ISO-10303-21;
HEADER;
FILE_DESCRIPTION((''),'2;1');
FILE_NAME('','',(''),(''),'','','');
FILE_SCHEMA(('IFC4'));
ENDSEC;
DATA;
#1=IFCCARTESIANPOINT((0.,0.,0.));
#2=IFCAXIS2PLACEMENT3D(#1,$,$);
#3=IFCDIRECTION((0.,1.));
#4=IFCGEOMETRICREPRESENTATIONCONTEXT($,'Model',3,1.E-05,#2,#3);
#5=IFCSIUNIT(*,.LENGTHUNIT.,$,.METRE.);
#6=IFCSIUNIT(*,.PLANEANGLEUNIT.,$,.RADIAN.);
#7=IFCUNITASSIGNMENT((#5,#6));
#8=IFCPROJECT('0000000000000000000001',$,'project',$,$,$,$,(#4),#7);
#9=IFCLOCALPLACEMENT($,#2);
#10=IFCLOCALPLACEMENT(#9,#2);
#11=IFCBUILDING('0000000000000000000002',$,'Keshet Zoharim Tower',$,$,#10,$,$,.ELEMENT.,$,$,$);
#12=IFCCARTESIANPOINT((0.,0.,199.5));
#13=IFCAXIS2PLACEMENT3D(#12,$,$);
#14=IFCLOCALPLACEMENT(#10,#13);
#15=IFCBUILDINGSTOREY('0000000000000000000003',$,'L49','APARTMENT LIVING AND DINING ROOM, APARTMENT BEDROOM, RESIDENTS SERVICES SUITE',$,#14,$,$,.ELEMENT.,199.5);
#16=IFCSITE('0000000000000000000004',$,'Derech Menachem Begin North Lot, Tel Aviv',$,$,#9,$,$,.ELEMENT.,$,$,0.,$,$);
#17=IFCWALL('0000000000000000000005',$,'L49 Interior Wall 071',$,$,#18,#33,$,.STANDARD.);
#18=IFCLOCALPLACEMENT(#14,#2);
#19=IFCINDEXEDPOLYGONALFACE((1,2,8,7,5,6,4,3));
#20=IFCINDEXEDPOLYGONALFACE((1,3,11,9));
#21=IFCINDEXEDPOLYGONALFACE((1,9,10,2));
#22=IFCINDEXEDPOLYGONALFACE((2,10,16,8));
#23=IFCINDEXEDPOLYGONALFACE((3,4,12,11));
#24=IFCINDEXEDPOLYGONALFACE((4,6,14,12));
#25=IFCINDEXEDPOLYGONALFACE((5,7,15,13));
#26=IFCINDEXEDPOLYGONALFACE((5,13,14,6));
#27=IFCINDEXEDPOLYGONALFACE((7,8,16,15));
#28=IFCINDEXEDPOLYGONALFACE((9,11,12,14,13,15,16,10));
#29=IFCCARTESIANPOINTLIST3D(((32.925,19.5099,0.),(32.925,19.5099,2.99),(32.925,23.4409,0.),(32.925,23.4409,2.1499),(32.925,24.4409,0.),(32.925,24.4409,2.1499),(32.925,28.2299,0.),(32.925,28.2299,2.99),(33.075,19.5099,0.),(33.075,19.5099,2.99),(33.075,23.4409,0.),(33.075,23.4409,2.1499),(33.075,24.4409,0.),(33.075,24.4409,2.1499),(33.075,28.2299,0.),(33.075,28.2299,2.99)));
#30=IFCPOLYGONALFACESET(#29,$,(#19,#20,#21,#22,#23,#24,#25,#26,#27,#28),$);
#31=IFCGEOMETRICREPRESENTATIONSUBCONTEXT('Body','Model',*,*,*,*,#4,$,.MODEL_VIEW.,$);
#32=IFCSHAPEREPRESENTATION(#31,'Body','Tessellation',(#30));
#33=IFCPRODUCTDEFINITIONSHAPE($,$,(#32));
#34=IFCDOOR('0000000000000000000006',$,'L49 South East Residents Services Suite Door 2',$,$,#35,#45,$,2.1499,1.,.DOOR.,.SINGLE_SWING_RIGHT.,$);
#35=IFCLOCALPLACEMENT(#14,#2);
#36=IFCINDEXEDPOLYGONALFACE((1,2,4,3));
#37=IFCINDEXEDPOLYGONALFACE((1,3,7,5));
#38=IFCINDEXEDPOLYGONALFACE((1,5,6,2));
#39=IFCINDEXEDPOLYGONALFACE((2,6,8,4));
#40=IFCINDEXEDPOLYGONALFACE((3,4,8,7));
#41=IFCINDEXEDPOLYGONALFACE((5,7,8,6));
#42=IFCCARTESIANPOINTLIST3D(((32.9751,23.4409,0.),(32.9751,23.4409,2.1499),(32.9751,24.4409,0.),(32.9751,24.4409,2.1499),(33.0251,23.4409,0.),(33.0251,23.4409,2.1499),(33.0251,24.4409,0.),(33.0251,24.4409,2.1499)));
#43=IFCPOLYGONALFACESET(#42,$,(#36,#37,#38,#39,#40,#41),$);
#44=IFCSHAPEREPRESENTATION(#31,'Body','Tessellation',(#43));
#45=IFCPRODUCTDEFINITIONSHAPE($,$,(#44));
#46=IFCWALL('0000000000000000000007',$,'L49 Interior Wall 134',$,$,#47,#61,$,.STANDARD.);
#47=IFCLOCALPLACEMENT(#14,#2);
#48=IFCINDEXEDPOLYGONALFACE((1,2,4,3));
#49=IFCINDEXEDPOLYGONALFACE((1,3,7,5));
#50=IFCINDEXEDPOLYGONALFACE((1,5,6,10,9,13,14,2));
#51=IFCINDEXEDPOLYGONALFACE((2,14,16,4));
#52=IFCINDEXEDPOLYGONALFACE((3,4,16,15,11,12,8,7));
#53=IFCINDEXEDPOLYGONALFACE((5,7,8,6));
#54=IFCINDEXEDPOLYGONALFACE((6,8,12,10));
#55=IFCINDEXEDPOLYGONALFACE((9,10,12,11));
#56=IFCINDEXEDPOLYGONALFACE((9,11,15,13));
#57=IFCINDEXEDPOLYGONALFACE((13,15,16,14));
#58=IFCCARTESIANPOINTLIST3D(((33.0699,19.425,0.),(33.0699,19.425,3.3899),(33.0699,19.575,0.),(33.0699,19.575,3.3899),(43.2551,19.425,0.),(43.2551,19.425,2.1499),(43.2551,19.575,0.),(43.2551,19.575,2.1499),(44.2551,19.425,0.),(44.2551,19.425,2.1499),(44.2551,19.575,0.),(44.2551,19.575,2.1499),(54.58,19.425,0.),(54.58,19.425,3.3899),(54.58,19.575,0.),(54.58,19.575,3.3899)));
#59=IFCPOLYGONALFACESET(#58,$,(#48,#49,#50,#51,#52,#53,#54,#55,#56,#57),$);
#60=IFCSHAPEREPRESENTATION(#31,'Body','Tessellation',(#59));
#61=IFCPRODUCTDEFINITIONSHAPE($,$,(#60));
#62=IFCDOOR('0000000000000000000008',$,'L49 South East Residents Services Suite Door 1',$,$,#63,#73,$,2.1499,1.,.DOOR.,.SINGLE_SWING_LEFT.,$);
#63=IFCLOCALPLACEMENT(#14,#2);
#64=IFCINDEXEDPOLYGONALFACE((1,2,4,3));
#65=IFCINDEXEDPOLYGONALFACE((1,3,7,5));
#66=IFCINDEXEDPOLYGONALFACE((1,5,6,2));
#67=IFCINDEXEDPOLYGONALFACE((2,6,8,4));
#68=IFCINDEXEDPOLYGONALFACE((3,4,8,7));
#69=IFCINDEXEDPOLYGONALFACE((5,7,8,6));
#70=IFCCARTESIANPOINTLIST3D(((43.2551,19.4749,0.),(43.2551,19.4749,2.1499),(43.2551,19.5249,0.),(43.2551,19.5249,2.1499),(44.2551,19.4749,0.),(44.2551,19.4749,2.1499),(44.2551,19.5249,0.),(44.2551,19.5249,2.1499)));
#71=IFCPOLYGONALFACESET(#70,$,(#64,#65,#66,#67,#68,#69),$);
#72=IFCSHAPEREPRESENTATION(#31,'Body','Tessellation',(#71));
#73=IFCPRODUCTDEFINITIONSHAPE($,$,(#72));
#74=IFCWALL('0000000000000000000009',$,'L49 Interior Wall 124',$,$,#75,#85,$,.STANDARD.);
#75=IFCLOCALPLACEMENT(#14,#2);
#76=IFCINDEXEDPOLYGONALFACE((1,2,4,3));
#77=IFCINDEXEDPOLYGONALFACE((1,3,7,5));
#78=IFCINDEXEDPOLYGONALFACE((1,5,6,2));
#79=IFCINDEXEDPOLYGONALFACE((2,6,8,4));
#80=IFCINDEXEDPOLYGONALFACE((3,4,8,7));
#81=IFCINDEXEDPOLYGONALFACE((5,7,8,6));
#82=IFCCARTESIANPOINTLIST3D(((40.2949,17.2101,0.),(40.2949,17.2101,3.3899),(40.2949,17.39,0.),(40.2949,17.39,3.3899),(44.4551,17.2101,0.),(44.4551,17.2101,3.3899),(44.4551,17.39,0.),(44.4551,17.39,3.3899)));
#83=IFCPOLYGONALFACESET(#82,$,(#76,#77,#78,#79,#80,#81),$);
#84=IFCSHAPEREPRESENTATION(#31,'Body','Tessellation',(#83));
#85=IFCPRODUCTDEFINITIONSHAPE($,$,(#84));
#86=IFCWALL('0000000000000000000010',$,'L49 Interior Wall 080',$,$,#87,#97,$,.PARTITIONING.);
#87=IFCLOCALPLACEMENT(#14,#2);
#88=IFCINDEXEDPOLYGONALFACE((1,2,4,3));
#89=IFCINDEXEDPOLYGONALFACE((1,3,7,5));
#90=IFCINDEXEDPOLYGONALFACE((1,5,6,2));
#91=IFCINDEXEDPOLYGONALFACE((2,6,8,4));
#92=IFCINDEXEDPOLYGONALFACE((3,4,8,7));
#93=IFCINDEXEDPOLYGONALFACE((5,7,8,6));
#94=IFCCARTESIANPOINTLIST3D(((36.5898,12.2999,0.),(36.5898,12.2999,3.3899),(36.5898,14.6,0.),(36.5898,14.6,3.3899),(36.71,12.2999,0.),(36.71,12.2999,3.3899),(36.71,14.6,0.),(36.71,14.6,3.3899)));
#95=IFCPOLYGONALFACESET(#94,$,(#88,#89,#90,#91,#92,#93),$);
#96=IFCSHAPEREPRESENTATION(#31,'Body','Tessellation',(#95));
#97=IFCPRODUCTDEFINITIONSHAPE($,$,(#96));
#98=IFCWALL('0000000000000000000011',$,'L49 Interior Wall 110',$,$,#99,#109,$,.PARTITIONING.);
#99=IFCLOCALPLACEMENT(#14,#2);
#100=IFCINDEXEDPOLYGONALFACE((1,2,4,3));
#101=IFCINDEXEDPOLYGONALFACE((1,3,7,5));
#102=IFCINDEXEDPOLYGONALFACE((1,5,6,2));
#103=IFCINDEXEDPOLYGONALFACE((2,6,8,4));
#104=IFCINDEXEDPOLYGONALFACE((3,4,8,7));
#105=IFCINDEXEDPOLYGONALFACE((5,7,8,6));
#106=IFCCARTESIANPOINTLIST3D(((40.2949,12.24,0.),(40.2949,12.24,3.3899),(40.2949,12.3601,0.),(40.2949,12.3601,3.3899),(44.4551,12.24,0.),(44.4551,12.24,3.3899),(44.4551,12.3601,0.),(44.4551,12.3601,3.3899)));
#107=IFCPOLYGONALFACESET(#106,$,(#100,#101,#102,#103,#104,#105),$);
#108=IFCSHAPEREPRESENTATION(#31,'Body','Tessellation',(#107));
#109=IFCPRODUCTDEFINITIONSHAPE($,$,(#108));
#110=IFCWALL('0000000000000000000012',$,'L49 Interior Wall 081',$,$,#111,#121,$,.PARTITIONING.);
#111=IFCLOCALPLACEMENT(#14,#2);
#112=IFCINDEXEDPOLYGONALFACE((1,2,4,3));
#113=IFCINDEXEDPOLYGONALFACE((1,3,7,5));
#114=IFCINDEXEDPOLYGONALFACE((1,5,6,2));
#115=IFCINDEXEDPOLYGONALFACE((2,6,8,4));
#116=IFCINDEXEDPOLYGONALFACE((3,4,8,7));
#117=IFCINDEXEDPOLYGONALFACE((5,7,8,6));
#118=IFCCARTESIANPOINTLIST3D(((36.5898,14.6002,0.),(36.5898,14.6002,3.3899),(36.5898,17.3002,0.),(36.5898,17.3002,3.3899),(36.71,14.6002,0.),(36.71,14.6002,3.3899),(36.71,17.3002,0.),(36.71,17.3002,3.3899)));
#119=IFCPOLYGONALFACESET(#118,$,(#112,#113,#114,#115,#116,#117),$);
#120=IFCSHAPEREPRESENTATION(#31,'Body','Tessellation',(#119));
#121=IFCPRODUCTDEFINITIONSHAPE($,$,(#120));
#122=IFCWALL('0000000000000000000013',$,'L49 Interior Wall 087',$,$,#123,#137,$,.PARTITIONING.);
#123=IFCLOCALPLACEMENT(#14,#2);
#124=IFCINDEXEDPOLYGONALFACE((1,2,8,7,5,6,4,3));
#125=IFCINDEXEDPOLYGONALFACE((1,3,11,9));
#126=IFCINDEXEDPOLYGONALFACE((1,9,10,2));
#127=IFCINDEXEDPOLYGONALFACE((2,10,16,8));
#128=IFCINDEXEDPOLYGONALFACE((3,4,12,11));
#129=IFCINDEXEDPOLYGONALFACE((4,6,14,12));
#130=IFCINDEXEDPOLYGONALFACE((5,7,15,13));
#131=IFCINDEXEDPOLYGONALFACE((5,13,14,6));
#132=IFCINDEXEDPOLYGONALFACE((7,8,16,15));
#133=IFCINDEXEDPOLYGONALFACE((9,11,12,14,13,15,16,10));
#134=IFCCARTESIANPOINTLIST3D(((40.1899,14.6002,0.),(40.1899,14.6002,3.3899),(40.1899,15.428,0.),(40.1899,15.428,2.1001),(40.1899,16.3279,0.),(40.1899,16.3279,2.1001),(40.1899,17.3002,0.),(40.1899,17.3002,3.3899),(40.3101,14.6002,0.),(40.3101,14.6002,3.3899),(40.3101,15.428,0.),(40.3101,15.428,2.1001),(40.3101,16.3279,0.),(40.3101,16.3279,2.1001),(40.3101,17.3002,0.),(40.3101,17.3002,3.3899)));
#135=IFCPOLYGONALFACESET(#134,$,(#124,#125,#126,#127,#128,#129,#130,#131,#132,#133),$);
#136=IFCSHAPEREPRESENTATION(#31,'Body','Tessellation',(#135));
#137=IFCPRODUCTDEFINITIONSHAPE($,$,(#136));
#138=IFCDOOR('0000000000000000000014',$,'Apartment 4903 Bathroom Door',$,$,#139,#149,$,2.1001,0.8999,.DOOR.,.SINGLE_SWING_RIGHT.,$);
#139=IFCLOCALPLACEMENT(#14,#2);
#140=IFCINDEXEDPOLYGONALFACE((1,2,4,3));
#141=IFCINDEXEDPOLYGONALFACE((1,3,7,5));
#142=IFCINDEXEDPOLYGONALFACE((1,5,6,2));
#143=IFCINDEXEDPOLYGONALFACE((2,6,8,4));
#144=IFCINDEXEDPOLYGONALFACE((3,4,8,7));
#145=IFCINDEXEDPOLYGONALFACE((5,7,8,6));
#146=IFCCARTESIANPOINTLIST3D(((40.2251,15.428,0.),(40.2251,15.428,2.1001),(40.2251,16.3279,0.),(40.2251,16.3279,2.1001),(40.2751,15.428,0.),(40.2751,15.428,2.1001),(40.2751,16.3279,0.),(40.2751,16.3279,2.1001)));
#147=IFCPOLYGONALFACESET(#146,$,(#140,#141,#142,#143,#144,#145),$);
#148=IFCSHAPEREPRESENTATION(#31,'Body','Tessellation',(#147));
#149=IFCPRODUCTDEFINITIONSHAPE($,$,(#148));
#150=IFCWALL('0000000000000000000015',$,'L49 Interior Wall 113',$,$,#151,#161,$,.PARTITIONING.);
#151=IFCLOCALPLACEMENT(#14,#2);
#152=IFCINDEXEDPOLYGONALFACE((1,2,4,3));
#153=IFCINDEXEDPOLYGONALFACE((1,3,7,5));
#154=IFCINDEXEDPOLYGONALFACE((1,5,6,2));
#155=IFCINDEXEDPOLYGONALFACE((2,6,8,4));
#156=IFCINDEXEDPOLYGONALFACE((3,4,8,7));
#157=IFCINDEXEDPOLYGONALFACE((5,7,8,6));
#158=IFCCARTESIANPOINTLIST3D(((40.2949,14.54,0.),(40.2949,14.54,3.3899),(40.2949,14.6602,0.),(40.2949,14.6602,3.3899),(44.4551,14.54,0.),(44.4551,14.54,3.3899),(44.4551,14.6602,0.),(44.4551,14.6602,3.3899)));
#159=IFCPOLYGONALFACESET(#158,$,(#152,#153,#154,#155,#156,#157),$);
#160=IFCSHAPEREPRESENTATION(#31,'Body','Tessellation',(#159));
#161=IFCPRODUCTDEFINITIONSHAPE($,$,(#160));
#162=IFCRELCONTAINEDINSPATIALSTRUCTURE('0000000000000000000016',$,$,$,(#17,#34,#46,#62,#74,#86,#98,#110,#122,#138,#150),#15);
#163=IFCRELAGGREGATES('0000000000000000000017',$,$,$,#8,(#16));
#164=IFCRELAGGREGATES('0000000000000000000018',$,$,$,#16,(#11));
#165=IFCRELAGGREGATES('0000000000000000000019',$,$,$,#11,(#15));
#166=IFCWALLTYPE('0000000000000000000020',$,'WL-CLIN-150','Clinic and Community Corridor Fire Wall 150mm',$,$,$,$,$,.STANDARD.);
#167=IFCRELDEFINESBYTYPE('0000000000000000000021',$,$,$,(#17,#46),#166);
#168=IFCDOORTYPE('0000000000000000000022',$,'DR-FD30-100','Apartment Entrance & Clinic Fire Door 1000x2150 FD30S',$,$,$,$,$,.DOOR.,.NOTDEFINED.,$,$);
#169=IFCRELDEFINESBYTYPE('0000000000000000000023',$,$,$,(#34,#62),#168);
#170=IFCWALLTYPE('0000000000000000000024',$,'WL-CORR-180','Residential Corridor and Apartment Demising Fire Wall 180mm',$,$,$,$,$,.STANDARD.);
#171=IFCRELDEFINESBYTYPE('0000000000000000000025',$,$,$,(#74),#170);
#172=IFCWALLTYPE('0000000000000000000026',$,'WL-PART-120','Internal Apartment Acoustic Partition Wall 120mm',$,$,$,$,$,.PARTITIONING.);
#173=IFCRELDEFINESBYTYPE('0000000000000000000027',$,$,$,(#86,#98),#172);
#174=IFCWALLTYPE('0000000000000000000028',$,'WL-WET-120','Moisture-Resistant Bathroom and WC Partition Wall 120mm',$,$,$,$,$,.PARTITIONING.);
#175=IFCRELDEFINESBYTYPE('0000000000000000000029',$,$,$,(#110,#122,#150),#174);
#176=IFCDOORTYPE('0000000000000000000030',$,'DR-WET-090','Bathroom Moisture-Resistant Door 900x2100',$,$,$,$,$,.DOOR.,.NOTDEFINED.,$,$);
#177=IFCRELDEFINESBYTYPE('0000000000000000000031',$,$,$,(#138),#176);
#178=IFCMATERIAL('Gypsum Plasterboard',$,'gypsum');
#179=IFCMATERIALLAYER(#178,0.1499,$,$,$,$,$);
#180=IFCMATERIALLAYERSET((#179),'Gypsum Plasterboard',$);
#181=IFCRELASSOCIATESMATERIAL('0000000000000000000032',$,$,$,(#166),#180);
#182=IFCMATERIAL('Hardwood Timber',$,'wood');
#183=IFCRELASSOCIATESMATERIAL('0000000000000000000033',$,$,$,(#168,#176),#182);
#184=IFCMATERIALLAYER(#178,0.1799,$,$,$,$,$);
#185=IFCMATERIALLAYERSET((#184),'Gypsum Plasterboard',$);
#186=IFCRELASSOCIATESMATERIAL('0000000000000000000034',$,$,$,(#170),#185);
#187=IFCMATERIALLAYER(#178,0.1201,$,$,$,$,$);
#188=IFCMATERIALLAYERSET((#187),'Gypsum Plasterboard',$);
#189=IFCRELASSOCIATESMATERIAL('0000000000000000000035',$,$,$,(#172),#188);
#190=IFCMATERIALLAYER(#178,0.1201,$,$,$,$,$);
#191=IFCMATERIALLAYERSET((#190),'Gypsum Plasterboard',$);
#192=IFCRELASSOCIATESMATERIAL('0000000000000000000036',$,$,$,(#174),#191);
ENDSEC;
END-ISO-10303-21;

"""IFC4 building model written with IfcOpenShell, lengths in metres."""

from ifc_helpers import new_model, si_unit, direction, frame, frame_2d, origin, place, context, subcontext, project, spatial, rectangle, extrude, material, layer, layer_set, type_object, element, fill, save


model = new_model("IFC4")

# Units and contexts
model_context = context("Model", 3, precision=1e-05, world=origin(), true_north=direction((0.0, 1.0)))
body_context = subcontext(model_context, "Body", "Model", "MODEL_VIEW")
ifc_project = project(units=[si_unit("LENGTHUNIT", "METRE"), si_unit("PLANEANGLEUNIT", "RADIAN")], contexts=[model_context])

# Site, building, storey
site_placement = place(None, origin())
site = spatial("IfcSite", under=ifc_project, at=site_placement, Name="Derech Menachem Begin North Lot, Tel Aviv", CompositionType="ELEMENT", RefElevation=0.0)
building_placement = place(site_placement, origin())
building = spatial("IfcBuilding", under=site, at=building_placement, Name="Keshet Zoharim Tower", CompositionType="ELEMENT")
storey_placement = place(building_placement, frame((0.0, 0.0, 199.5)))
storey = spatial("IfcBuildingStorey", under=building, at=storey_placement, Name="L49", Description="APARTMENT LIVING AND DINING ROOM, APARTMENT BEDROOM, RESIDENTS SERVICES SUITE", CompositionType="ELEMENT", Elevation=199.5)

# Walls, openings, doors
ifc_material_1 = material(Name="Gypsum Plasterboard", Category="gypsum")
ifc_layer_1 = layer(ifc_material_1, 0.1499)
ifc_layer_set_1 = layer_set([ifc_layer_1], Name="Gypsum Plasterboard")
wall_type_1 = type_object("IfcWallType", Name="WL-CLIN-150", Description="Clinic and Community Corridor Fire Wall 150mm", PredefinedType="STANDARD", material=ifc_layer_set_1)
wall_1_placement = place(storey_placement, frame((33.0, 19.51, 0.0), z_axis=(0.0, 0.0, 1.0), x_axis=(0.0, 1.0, 0.0)))
wall_1 = element("IfcWall", 1, at=wall_1_placement, inside=storey, type_object=wall_type_1, Name="L49 Interior Wall 071", PredefinedType="STANDARD", context=body_context, shape_type="SweptSolid", body=[
    extrude(rectangle(XDim=8.72, YDim=0.1499, at=frame_2d((4.3599, 0.0))), origin(), (0.0, 0.0, 1.0), 2.99),
])
opening_1_placement = place(wall_1_placement, frame((3.9309, 0.0, 0.0)))
opening_1 = element("IfcOpeningElement", 2, at=opening_1_placement, cuts=wall_1, PredefinedType="OPENING", context=body_context, shape_type="SweptSolid", body=[
    extrude(rectangle(XDim=1.0, YDim=2.1499, at=frame_2d((0.5, 1.075))), frame((0.0, 0.085, 0.0), z_axis=(0.0, -1.0, 0.0), x_axis=(1.0, 0.0, 0.0)), (0.0, 0.0, 1.0), 0.1699),
])
ifc_material_2 = material(Name="Hardwood Timber", Category="wood")
door_type_1 = type_object("IfcDoorType", Name="DR-FD30-100", Description="Apartment Entrance & Clinic Fire Door 1000x2150 FD30S", OperationType="NOTDEFINED", PredefinedType="DOOR", material=ifc_material_2)
door_1_placement = place(opening_1_placement, origin())
door_1 = element("IfcDoor", 3, at=door_1_placement, inside=storey, type_object=door_type_1, Name="L49 South East Residents Services Suite Door 2", OperationType="SINGLE_SWING_RIGHT", OverallHeight=2.1499, OverallWidth=1.0, PredefinedType="DOOR", context=body_context, shape_type="SweptSolid", body=[
    extrude(rectangle(XDim=1.0, YDim=2.1499, at=frame_2d((0.5, 1.075))), frame((0.0, 0.0249, 0.0), z_axis=(0.0, -1.0, 0.0), x_axis=(1.0, 0.0, 0.0)), (0.0, 0.0, 1.0), 0.05),
])
fill(opening_1, door_1)
wall_2_placement = place(storey_placement, frame((33.0701, 19.5, 0.0), z_axis=(0.0, 0.0, 1.0), x_axis=(1.0, 0.0, 0.0)))
wall_2 = element("IfcWall", 4, at=wall_2_placement, inside=storey, type_object=wall_type_1, Name="L49 Interior Wall 134", PredefinedType="STANDARD", context=body_context, shape_type="SweptSolid", body=[
    extrude(rectangle(XDim=21.51, YDim=0.1499, at=frame_2d((10.7549, 0.0))), origin(), (0.0, 0.0, 1.0), 3.3899),
])
opening_2_placement = place(wall_2_placement, frame((10.1851, 0.0, 0.0)))
opening_2 = element("IfcOpeningElement", 5, at=opening_2_placement, cuts=wall_2, PredefinedType="OPENING", context=body_context, shape_type="SweptSolid", body=[
    extrude(rectangle(XDim=1.0, YDim=2.1499, at=frame_2d((0.5, 1.075))), frame((0.0, 0.085, 0.0), z_axis=(0.0, -1.0, 0.0), x_axis=(1.0, 0.0, 0.0)), (0.0, 0.0, 1.0), 0.1699),
])
door_2_placement = place(opening_2_placement, origin())
door_2 = element("IfcDoor", 6, at=door_2_placement, inside=storey, type_object=door_type_1, Name="L49 South East Residents Services Suite Door 1", OperationType="SINGLE_SWING_LEFT", OverallHeight=2.1499, OverallWidth=1.0, PredefinedType="DOOR", context=body_context, shape_type="SweptSolid", body=[
    extrude(rectangle(XDim=1.0, YDim=2.1499, at=frame_2d((0.5, 1.075))), frame((0.0, 0.0249, 0.0), z_axis=(0.0, -1.0, 0.0), x_axis=(1.0, 0.0, 0.0)), (0.0, 0.0, 1.0), 0.05),
])
fill(opening_2, door_2)
ifc_layer_2 = layer(ifc_material_1, 0.1799)
ifc_layer_set_2 = layer_set([ifc_layer_2], Name="Gypsum Plasterboard")
wall_type_2 = type_object("IfcWallType", Name="WL-CORR-180", Description="Residential Corridor and Apartment Demising Fire Wall 180mm", PredefinedType="STANDARD", material=ifc_layer_set_2)

# Walls
wall_3_placement = place(storey_placement, frame((40.2949, 17.3, 0.0), z_axis=(0.0, 0.0, 1.0), x_axis=(1.0, 0.0, 0.0)))
element("IfcWall", 7, at=wall_3_placement, inside=storey, type_object=wall_type_2, Name="L49 Interior Wall 124", PredefinedType="STANDARD", context=body_context, shape_type="SweptSolid", body=[
    extrude(rectangle(XDim=4.1602, YDim=0.1799, at=frame_2d((2.0801, 0.0))), origin(), (0.0, 0.0, 1.0), 3.3899),
])
ifc_layer_3 = layer(ifc_material_1, 0.1201)
ifc_layer_set_3 = layer_set([ifc_layer_3], Name="Gypsum Plasterboard")
wall_type_3 = type_object("IfcWallType", Name="WL-PART-120", Description="Internal Apartment Acoustic Partition Wall 120mm", PredefinedType="PARTITIONING", material=ifc_layer_set_3)
wall_4_placement = place(storey_placement, frame((36.6499, 12.3, 0.0), z_axis=(0.0, 0.0, 1.0), x_axis=(0.0, 1.0, 0.0)))
element("IfcWall", 8, at=wall_4_placement, inside=storey, type_object=wall_type_3, Name="L49 Interior Wall 080", PredefinedType="PARTITIONING", context=body_context, shape_type="SweptSolid", body=[
    extrude(rectangle(XDim=2.3, YDim=0.1201, at=frame_2d((1.1499, 0.0))), origin(), (0.0, 0.0, 1.0), 3.3899),
])

# Walls
wall_5_placement = place(storey_placement, frame((40.2949, 12.3, 0.0), z_axis=(0.0, 0.0, 1.0), x_axis=(1.0, 0.0, 0.0)))
element("IfcWall", 9, at=wall_5_placement, inside=storey, type_object=wall_type_3, Name="L49 Interior Wall 110", PredefinedType="PARTITIONING", context=body_context, shape_type="SweptSolid", body=[
    extrude(rectangle(XDim=4.1602, YDim=0.1201, at=frame_2d((2.0801, 0.0))), origin(), (0.0, 0.0, 1.0), 3.3899),
])
ifc_layer_4 = layer(ifc_material_1, 0.1201)
ifc_layer_set_4 = layer_set([ifc_layer_4], Name="Gypsum Plasterboard")
wall_type_4 = type_object("IfcWallType", Name="WL-WET-120", Description="Moisture-Resistant Bathroom and WC Partition Wall 120mm", PredefinedType="PARTITIONING", material=ifc_layer_set_4)
wall_6_placement = place(storey_placement, frame((36.6499, 14.6001, 0.0), z_axis=(0.0, 0.0, 1.0), x_axis=(0.0, 1.0, 0.0)))
element("IfcWall", 10, at=wall_6_placement, inside=storey, type_object=wall_type_4, Name="L49 Interior Wall 081", PredefinedType="PARTITIONING", context=body_context, shape_type="SweptSolid", body=[
    extrude(rectangle(XDim=2.7, YDim=0.1201, at=frame_2d((1.3501, 0.0))), origin(), (0.0, 0.0, 1.0), 3.3899),
])

# Wall, opening, door
wall_7_placement = place(storey_placement, frame((40.25, 14.6001, 0.0), z_axis=(0.0, 0.0, 1.0), x_axis=(0.0, 1.0, 0.0)))
wall_7 = element("IfcWall", 11, at=wall_7_placement, inside=storey, type_object=wall_type_4, Name="L49 Interior Wall 087", PredefinedType="PARTITIONING", context=body_context, shape_type="SweptSolid", body=[
    extrude(rectangle(XDim=2.7, YDim=0.1201, at=frame_2d((1.3501, 0.0))), origin(), (0.0, 0.0, 1.0), 3.3899),
])
opening_3_placement = place(wall_7_placement, frame((0.8279, 0.0, 0.0)))
opening_3 = element("IfcOpeningElement", 12, at=opening_3_placement, cuts=wall_7, PredefinedType="OPENING", context=body_context, shape_type="SweptSolid", body=[
    extrude(rectangle(XDim=0.8999, YDim=2.1001, at=frame_2d((0.45, 1.05))), frame((0.0, 0.0701, 0.0), z_axis=(0.0, -1.0, 0.0), x_axis=(1.0, 0.0, 0.0)), (0.0, 0.0, 1.0), 0.1401),
])
door_type_2 = type_object("IfcDoorType", Name="DR-WET-090", Description="Bathroom Moisture-Resistant Door 900x2100", OperationType="NOTDEFINED", PredefinedType="DOOR", material=ifc_material_2)
door_3_placement = place(opening_3_placement, origin())
door_3 = element("IfcDoor", 13, at=door_3_placement, inside=storey, type_object=door_type_2, Name="Apartment 4903 Bathroom Door", OperationType="SINGLE_SWING_RIGHT", OverallHeight=2.1001, OverallWidth=0.8999, PredefinedType="DOOR", context=body_context, shape_type="SweptSolid", body=[
    extrude(rectangle(XDim=0.8999, YDim=2.1001, at=frame_2d((0.45, 1.05))), frame((0.0, 0.0249, 0.0), z_axis=(0.0, -1.0, 0.0), x_axis=(1.0, 0.0, 0.0)), (0.0, 0.0, 1.0), 0.05),
])
fill(opening_3, door_3)

# Wall
wall_8_placement = place(storey_placement, frame((40.2949, 14.6001, 0.0), z_axis=(0.0, 0.0, 1.0), x_axis=(1.0, 0.0, 0.0)))
element("IfcWall", 14, at=wall_8_placement, inside=storey, type_object=wall_type_4, Name="L49 Interior Wall 113", PredefinedType="PARTITIONING", context=body_context, shape_type="SweptSolid", body=[
    extrude(rectangle(XDim=4.1602, YDim=0.1201, at=frame_2d((2.0801, 0.0))), origin(), (0.0, 0.0, 1.0), 3.3899),
])

save(model, "model.ifc")
